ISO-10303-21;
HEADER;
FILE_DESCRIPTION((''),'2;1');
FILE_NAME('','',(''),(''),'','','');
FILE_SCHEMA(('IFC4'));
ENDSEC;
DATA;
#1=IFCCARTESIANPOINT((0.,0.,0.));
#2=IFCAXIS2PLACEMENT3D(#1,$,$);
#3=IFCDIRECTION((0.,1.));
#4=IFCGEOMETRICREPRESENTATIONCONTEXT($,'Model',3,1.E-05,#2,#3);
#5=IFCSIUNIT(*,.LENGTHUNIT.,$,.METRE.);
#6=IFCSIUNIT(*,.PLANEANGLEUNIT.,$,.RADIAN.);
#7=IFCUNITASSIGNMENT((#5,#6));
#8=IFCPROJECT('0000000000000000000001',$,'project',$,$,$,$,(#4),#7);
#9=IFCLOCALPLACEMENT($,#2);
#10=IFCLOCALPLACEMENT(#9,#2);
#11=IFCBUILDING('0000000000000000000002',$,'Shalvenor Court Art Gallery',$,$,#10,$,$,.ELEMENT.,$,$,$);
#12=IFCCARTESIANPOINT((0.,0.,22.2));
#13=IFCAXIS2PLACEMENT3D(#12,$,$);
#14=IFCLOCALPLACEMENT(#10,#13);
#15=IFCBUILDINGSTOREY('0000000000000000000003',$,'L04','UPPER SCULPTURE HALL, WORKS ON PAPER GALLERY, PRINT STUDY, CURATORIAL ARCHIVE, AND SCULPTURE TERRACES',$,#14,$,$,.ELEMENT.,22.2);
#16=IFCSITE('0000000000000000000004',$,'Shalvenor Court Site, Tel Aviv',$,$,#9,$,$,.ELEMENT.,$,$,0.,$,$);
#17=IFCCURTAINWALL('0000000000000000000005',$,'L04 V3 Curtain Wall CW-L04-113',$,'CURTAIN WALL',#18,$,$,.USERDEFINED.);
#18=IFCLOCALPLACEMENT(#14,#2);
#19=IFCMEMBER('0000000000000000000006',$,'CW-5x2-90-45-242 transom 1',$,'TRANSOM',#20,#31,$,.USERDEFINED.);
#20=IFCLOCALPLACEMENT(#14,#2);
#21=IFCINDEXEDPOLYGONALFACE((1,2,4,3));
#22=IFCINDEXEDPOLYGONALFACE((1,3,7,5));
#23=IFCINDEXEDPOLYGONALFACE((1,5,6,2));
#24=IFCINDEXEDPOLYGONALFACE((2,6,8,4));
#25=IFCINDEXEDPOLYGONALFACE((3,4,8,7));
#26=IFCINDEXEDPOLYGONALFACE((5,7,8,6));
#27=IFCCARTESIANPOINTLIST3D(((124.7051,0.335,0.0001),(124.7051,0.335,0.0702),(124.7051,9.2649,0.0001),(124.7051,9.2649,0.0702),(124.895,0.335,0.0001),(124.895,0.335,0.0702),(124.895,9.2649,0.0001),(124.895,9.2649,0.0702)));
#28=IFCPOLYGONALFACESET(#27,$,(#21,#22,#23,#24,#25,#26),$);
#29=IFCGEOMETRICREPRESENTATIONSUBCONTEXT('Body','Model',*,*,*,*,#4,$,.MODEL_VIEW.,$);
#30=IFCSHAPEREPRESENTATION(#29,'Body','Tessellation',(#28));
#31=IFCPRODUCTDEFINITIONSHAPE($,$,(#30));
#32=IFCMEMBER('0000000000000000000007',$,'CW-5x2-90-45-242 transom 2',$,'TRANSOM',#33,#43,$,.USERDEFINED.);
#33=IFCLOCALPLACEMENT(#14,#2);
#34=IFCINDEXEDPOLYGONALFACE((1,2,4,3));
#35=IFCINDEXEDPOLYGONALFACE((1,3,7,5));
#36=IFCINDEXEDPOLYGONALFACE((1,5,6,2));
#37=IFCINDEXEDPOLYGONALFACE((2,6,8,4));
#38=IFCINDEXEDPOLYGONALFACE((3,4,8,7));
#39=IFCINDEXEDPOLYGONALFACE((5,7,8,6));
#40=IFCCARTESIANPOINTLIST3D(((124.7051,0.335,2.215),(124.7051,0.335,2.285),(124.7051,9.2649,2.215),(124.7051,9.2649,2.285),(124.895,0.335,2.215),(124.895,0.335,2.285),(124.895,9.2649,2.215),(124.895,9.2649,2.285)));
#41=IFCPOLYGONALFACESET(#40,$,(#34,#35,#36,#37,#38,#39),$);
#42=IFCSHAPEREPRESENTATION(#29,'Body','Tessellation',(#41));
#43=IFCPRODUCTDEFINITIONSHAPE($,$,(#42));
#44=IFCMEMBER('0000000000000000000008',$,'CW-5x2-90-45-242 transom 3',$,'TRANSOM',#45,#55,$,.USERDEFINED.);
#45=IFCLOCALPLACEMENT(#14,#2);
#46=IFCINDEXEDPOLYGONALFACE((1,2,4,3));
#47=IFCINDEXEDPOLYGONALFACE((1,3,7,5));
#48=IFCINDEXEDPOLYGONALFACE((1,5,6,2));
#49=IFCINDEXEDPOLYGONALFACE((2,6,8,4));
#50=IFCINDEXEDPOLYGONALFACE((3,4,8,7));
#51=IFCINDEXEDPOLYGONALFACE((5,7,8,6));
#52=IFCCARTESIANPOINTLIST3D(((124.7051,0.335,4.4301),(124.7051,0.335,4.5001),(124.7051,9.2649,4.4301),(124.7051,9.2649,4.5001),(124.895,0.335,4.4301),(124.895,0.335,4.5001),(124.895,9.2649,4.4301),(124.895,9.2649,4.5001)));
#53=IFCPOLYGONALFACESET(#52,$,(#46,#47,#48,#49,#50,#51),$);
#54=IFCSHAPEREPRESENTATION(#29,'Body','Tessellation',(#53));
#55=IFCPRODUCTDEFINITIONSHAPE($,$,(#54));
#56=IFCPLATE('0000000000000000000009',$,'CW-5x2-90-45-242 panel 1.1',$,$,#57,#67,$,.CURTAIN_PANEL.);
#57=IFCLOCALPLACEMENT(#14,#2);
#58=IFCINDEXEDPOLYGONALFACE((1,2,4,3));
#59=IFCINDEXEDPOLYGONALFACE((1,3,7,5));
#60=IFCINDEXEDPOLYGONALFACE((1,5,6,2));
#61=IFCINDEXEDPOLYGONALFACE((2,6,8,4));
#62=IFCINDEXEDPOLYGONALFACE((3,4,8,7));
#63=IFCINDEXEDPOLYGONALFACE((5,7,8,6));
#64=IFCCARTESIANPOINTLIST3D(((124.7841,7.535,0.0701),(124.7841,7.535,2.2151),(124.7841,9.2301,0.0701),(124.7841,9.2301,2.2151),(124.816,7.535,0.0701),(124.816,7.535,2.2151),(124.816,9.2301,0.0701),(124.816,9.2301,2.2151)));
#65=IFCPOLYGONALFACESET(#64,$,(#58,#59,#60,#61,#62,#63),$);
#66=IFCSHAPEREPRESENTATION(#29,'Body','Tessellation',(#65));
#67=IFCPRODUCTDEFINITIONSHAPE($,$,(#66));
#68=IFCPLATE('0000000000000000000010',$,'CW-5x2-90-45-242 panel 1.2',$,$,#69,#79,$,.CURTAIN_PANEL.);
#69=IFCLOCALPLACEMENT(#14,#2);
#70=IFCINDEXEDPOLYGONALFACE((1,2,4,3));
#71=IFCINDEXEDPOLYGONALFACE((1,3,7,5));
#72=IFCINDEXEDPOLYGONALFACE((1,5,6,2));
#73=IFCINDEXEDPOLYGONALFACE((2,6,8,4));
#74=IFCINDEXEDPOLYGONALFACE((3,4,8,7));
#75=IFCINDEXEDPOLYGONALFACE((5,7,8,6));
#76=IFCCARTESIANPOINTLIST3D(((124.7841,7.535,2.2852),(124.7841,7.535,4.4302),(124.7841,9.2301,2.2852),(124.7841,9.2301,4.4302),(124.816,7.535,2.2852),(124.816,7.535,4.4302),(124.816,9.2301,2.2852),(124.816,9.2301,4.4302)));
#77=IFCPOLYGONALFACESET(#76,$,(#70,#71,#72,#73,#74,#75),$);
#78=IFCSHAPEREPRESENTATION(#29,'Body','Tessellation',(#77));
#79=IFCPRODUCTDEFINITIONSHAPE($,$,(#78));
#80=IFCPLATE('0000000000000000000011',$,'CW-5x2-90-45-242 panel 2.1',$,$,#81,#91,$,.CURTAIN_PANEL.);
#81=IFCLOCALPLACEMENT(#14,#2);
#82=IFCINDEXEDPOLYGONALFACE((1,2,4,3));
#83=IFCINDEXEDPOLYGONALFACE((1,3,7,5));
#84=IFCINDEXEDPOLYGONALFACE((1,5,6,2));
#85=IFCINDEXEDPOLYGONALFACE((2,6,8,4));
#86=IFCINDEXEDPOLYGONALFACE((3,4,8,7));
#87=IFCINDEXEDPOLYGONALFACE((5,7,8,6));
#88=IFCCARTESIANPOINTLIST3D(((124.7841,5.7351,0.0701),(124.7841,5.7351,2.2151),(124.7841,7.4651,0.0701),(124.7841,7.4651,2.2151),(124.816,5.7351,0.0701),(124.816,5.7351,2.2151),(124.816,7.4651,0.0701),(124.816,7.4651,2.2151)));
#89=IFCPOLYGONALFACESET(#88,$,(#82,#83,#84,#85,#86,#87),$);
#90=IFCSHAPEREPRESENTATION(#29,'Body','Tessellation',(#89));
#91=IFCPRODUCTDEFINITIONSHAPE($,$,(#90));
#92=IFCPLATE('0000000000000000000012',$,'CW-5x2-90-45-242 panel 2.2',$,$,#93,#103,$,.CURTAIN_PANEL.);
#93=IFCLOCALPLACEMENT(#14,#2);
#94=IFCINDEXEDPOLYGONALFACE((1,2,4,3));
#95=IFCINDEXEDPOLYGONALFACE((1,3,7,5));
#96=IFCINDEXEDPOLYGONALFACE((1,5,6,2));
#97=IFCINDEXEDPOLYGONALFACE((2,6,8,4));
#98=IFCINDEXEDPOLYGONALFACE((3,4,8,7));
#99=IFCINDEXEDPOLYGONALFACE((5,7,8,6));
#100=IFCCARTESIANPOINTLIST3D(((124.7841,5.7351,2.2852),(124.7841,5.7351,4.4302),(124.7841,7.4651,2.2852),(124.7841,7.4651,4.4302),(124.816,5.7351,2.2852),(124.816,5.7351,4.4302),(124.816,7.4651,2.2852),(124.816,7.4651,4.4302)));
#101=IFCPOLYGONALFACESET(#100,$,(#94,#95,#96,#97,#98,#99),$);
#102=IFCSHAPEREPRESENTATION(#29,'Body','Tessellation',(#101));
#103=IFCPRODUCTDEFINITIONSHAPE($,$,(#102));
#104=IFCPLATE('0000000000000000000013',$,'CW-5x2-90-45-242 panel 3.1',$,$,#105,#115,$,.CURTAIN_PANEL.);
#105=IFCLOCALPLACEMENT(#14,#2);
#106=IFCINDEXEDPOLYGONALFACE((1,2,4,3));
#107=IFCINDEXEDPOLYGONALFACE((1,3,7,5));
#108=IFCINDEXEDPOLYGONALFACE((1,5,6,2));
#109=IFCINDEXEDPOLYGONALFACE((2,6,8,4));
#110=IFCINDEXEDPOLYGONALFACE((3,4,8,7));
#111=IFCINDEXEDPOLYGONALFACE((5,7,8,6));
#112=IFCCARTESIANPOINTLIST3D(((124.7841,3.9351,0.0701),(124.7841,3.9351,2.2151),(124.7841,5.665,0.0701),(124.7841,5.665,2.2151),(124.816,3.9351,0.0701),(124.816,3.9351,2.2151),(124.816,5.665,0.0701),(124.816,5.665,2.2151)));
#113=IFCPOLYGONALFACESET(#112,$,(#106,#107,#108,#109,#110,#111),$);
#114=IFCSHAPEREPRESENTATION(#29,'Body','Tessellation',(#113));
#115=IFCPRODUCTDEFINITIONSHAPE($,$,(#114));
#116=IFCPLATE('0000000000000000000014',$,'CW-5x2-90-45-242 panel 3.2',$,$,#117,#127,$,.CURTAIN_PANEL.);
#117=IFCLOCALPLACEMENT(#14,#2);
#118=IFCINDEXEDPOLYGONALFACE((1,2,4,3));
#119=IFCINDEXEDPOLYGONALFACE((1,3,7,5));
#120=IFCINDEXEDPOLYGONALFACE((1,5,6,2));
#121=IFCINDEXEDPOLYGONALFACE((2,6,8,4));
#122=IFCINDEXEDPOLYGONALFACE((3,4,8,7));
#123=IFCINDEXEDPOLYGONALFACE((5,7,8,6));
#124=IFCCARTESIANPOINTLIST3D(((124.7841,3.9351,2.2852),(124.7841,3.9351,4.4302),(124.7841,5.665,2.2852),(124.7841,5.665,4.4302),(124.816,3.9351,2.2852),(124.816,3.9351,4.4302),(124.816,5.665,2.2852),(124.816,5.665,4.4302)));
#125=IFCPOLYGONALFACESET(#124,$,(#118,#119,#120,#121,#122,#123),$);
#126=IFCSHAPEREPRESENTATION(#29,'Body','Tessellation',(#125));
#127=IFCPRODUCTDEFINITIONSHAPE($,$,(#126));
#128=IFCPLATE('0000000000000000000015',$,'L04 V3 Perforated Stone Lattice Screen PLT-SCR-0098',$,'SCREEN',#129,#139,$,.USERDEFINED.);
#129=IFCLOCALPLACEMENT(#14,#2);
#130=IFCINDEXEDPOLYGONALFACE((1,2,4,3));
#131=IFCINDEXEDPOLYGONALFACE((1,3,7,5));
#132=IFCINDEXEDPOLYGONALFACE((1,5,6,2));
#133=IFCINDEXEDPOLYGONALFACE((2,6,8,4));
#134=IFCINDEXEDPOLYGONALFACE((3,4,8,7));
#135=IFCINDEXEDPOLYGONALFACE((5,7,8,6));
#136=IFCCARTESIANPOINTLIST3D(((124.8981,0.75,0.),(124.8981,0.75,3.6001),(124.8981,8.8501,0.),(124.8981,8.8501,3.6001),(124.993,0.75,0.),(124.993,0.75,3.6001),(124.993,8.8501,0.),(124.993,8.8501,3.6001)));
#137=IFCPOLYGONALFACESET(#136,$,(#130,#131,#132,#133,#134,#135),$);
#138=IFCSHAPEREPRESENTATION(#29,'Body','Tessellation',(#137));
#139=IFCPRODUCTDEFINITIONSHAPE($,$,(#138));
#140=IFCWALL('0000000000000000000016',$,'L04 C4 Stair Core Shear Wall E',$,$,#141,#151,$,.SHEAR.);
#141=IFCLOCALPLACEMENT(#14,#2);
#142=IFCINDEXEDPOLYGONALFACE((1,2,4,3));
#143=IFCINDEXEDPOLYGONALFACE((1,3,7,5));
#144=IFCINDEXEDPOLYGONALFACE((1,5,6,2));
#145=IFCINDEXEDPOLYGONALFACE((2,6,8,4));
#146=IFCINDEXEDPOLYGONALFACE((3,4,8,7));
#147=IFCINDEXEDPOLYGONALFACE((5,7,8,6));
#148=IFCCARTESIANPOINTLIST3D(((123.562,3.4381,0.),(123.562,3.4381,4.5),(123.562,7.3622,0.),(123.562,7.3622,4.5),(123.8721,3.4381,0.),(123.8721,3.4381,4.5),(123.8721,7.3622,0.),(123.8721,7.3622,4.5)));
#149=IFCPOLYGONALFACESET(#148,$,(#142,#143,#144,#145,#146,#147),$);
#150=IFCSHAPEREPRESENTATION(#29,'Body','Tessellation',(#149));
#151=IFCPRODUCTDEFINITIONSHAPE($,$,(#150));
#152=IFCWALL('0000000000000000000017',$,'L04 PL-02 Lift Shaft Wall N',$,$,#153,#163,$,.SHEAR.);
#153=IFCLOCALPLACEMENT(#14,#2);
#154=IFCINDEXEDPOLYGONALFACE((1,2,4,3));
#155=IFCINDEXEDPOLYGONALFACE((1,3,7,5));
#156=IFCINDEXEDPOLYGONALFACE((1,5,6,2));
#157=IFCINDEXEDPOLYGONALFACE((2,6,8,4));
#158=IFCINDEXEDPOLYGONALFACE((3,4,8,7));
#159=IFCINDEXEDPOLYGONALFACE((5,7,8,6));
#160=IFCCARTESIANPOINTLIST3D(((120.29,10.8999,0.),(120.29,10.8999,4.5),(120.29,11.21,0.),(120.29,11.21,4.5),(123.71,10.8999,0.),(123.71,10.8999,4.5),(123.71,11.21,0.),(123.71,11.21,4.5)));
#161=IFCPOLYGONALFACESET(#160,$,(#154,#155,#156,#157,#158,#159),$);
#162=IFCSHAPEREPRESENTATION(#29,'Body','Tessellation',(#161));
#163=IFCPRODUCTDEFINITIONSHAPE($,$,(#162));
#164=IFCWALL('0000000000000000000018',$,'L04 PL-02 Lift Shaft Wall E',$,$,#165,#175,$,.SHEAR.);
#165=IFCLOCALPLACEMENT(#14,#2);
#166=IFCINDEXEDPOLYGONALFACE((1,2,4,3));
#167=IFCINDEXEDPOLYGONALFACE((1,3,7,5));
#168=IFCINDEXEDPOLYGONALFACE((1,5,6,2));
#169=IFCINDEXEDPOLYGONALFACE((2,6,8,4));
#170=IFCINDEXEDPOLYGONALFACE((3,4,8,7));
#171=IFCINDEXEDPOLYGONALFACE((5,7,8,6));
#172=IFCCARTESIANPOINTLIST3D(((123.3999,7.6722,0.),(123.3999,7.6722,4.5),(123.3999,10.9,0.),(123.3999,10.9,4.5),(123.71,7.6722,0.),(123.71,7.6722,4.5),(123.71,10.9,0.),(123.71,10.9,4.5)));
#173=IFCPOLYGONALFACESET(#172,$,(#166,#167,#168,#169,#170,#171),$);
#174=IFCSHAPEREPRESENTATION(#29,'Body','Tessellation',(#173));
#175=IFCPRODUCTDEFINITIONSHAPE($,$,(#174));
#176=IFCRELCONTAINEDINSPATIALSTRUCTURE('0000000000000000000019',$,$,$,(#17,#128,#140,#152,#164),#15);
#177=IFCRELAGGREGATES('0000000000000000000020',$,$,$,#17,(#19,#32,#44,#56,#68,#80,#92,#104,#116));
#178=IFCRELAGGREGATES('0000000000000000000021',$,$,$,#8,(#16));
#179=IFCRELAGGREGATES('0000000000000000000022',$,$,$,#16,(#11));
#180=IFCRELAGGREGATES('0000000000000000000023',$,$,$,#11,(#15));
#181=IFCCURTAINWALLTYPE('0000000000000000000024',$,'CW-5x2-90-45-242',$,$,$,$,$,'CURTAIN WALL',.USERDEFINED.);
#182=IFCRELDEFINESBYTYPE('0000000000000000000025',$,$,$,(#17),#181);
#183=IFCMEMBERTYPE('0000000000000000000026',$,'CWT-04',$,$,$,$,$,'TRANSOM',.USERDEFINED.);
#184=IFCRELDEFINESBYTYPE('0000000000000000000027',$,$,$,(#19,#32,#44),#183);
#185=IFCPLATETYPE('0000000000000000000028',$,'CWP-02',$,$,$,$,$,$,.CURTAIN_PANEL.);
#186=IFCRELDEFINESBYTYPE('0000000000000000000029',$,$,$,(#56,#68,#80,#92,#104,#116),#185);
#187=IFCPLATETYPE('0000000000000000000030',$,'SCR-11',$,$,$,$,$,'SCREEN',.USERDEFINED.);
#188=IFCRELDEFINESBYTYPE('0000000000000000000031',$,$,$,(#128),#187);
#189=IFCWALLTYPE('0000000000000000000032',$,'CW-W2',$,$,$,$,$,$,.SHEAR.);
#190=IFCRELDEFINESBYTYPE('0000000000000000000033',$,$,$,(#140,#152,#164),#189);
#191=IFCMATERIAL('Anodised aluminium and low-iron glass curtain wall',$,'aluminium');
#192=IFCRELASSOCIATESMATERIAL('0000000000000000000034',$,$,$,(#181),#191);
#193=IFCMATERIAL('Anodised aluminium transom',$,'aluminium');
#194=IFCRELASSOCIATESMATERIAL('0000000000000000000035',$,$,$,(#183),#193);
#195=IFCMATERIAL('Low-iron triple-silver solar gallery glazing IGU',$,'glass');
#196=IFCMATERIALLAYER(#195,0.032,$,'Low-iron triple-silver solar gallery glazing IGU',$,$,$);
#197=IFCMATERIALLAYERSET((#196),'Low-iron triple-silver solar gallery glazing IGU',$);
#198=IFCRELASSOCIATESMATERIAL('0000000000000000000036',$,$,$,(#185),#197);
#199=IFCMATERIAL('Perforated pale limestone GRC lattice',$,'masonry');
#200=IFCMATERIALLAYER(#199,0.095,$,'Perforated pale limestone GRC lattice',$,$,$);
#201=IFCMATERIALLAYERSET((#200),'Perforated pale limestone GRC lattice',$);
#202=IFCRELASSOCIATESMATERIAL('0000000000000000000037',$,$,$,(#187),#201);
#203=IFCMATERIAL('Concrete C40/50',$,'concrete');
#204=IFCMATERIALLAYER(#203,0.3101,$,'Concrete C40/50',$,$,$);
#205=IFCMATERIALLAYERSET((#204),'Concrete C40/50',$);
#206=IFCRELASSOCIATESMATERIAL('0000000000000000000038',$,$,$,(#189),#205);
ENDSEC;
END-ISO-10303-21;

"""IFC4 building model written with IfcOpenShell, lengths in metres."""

from ifc_helpers import new_model, si_unit, direction, frame, frame_2d, origin, origin_2d, place, context, subcontext, project, spatial, rectangle, extrude, material, layer, layer_set, material_profile, profile_set, type_object, element, aggregate, save


model = new_model("IFC4")

# Units and contexts
model_context = context("Model", 3, precision=1e-05, world=origin(), true_north=direction((0.0, 1.0)))
body_context = subcontext(model_context, "Body", "Model", "MODEL_VIEW")
ifc_project = project(units=[si_unit("LENGTHUNIT", "METRE"), si_unit("PLANEANGLEUNIT", "RADIAN")], contexts=[model_context])

# Site, building, storey
site_placement = place(None, origin())
site = spatial("IfcSite", under=ifc_project, at=site_placement, Name="Shalvenor Court Site, Tel Aviv", CompositionType="ELEMENT", RefElevation=0.0)
building_placement = place(site_placement, origin())
building = spatial("IfcBuilding", under=site, at=building_placement, Name="Shalvenor Court Art Gallery", CompositionType="ELEMENT")
storey_placement = place(building_placement, frame((0.0, 0.0, 22.2)))
storey = spatial("IfcBuildingStorey", under=building, at=storey_placement, Name="L04", Description="UPPER SCULPTURE HALL, WORKS ON PAPER GALLERY, PRINT STUDY, CURATORIAL ARCHIVE, AND SCULPTURE TERRACES", CompositionType="ELEMENT", Elevation=22.2)

# Curtain wall, members, plates
ifc_material_1 = material(Name="Anodised aluminium and low-iron glass curtain wall", Category="aluminium")
curtain_wall_type = type_object("IfcCurtainWallType", Name="CW-5x2-90-45-242", ElementType="CURTAIN WALL", PredefinedType="USERDEFINED", material=ifc_material_1)
curtain_wall_placement = place(storey_placement, origin())
curtain_wall = element("IfcCurtainWall", 1, at=curtain_wall_placement, inside=storey, type_object=curtain_wall_type, Name="L04 V3 Curtain Wall CW-L04-113", ObjectType="CURTAIN WALL", PredefinedType="USERDEFINED")
ifc_material_2 = material(Name="Anodised aluminium transom", Category="aluminium")
ifc_material_profile_1 = material_profile(ifc_material_2, rectangle(XDim=0.1899, YDim=0.0701, at=origin_2d()), Name="CWT-04")
ifc_profile_set_1 = profile_set([ifc_material_profile_1], Name="Anodised aluminium transom")
member_type_1 = type_object("IfcMemberType", Name="CWT-04", ElementType="TRANSOM", PredefinedType="USERDEFINED", material=ifc_profile_set_1)
member_1_placement = place(storey_placement, frame((124.8, 9.2649, 0.0352), z_axis=(0.0, -1.0, 0.0), x_axis=(1.0, 0.0, 0.0)))
member_1 = element("IfcMember", 2, at=member_1_placement, type_object=member_type_1, Name="CW-5x2-90-45-242 transom 1", ObjectType="TRANSOM", PredefinedType="USERDEFINED", context=body_context, shape_type="SweptSolid", body=[
    extrude(rectangle(XDim=0.1899, YDim=0.0701, at=origin_2d()), origin(), (0.0, 0.0, 1.0), 8.9299),
])
member_2_placement = place(storey_placement, frame((124.8, 9.2649, 2.25), z_axis=(0.0, -1.0, 0.0), x_axis=(1.0, 0.0, 0.0)))
member_2 = element("IfcMember", 3, at=member_2_placement, type_object=member_type_1, Name="CW-5x2-90-45-242 transom 2", ObjectType="TRANSOM", PredefinedType="USERDEFINED", context=body_context, shape_type="SweptSolid", body=[
    extrude(rectangle(XDim=0.1899, YDim=0.0701, at=origin_2d()), origin(), (0.0, 0.0, 1.0), 8.9299),
])
member_3_placement = place(storey_placement, frame((124.8, 9.2649, 4.4651), z_axis=(0.0, -1.0, 0.0), x_axis=(1.0, 0.0, 0.0)))
member_3 = element("IfcMember", 4, at=member_3_placement, type_object=member_type_1, Name="CW-5x2-90-45-242 transom 3", ObjectType="TRANSOM", PredefinedType="USERDEFINED", context=body_context, shape_type="SweptSolid", body=[
    extrude(rectangle(XDim=0.1899, YDim=0.0701, at=origin_2d()), origin(), (0.0, 0.0, 1.0), 8.9299),
])
ifc_material_3 = material(Name="Low-iron triple-silver solar gallery glazing IGU", Category="glass")
ifc_layer_1 = layer(ifc_material_3, 0.032, Name="Low-iron triple-silver solar gallery glazing IGU")
ifc_layer_set_1 = layer_set([ifc_layer_1], Name="Low-iron triple-silver solar gallery glazing IGU")
plate_type_1 = type_object("IfcPlateType", Name="CWP-02", PredefinedType="CURTAIN_PANEL", material=ifc_layer_set_1)
plate_1_placement = place(storey_placement, frame((124.8, 8.3826, 0.0701), z_axis=(0.0, 0.0, 1.0), x_axis=(0.0, -1.0, 0.0)))
plate_1 = element("IfcPlate", 5, at=plate_1_placement, type_object=plate_type_1, Name="CW-5x2-90-45-242 panel 1.1", PredefinedType="CURTAIN_PANEL", context=body_context, shape_type="SweptSolid", body=[
    extrude(rectangle(XDim=1.6951, YDim=0.032, at=origin_2d()), origin(), (0.0, 0.0, 1.0), 2.145),
])
plate_2_placement = place(storey_placement, frame((124.8, 8.3826, 2.2852), z_axis=(0.0, 0.0, 1.0), x_axis=(0.0, -1.0, 0.0)))
plate_2 = element("IfcPlate", 6, at=plate_2_placement, type_object=plate_type_1, Name="CW-5x2-90-45-242 panel 1.2", PredefinedType="CURTAIN_PANEL", context=body_context, shape_type="SweptSolid", body=[
    extrude(rectangle(XDim=1.6951, YDim=0.032, at=origin_2d()), origin(), (0.0, 0.0, 1.0), 2.145),
])
plate_3_placement = place(storey_placement, frame((124.8, 6.6001, 0.0701), z_axis=(0.0, 0.0, 1.0), x_axis=(0.0, -1.0, 0.0)))
plate_3 = element("IfcPlate", 7, at=plate_3_placement, type_object=plate_type_1, Name="CW-5x2-90-45-242 panel 2.1", PredefinedType="CURTAIN_PANEL", context=body_context, shape_type="SweptSolid", body=[
    extrude(rectangle(XDim=1.73, YDim=0.032, at=origin_2d()), origin(), (0.0, 0.0, 1.0), 2.145),
])
plate_4_placement = place(storey_placement, frame((124.8, 6.6001, 2.2852), z_axis=(0.0, 0.0, 1.0), x_axis=(0.0, -1.0, 0.0)))
plate_4 = element("IfcPlate", 8, at=plate_4_placement, type_object=plate_type_1, Name="CW-5x2-90-45-242 panel 2.2", PredefinedType="CURTAIN_PANEL", context=body_context, shape_type="SweptSolid", body=[
    extrude(rectangle(XDim=1.73, YDim=0.032, at=origin_2d()), origin(), (0.0, 0.0, 1.0), 2.145),
])
plate_5_placement = place(storey_placement, frame((124.8, 4.8, 0.0701), z_axis=(0.0, 0.0, 1.0), x_axis=(0.0, -1.0, 0.0)))
plate_5 = element("IfcPlate", 9, at=plate_5_placement, type_object=plate_type_1, Name="CW-5x2-90-45-242 panel 3.1", PredefinedType="CURTAIN_PANEL", context=body_context, shape_type="SweptSolid", body=[
    extrude(rectangle(XDim=1.73, YDim=0.032, at=origin_2d()), origin(), (0.0, 0.0, 1.0), 2.145),
])
plate_6_placement = place(storey_placement, frame((124.8, 4.8, 2.2852), z_axis=(0.0, 0.0, 1.0), x_axis=(0.0, -1.0, 0.0)))
plate_6 = element("IfcPlate", 10, at=plate_6_placement, type_object=plate_type_1, Name="CW-5x2-90-45-242 panel 3.2", PredefinedType="CURTAIN_PANEL", context=body_context, shape_type="SweptSolid", body=[
    extrude(rectangle(XDim=1.73, YDim=0.032, at=origin_2d()), origin(), (0.0, 0.0, 1.0), 2.145),
])
aggregate(curtain_wall, [member_1, member_2, member_3, plate_1, plate_2, plate_3, plate_4, plate_5, plate_6])

# Plate
ifc_material_4 = material(Name="Perforated pale limestone GRC lattice", Category="masonry")
ifc_layer_2 = layer(ifc_material_4, 0.095, Name="Perforated pale limestone GRC lattice")
ifc_layer_set_2 = layer_set([ifc_layer_2], Name="Perforated pale limestone GRC lattice")
plate_type_2 = type_object("IfcPlateType", Name="SCR-11", ElementType="SCREEN", PredefinedType="USERDEFINED", material=ifc_layer_set_2)
plate_7_placement = place(storey_placement, frame((124.9456, 4.8, 0.0), z_axis=(0.0, 0.0, 1.0), x_axis=(0.0, -1.0, 0.0)))
element("IfcPlate", 11, at=plate_7_placement, inside=storey, type_object=plate_type_2, Name="L04 V3 Perforated Stone Lattice Screen PLT-SCR-0098", ObjectType="SCREEN", PredefinedType="USERDEFINED", context=body_context, shape_type="SweptSolid", body=[
    extrude(rectangle(XDim=8.1001, YDim=0.095, at=origin_2d()), origin(), (0.0, 0.0, 1.0), 3.6001),
])

# Walls
ifc_material_5 = material(Name="Concrete C40/50", Category="concrete")
ifc_layer_3 = layer(ifc_material_5, 0.3101, Name="Concrete C40/50")
ifc_layer_set_3 = layer_set([ifc_layer_3], Name="Concrete C40/50")
wall_type_1 = type_object("IfcWallType", Name="CW-W2", PredefinedType="SHEAR", material=ifc_layer_set_3)
wall_1_placement = place(storey_placement, frame((123.717, 7.3621, 0.0), z_axis=(0.0, 0.0, 1.0), x_axis=(0.0, -1.0, 0.0)))
element("IfcWall", 12, at=wall_1_placement, inside=storey, type_object=wall_type_1, Name="L04 C4 Stair Core Shear Wall E", PredefinedType="SHEAR", context=body_context, shape_type="SweptSolid", body=[
    extrude(rectangle(XDim=3.9241, YDim=0.3101, at=frame_2d((1.9619, 0.0))), origin(), (0.0, 0.0, 1.0), 4.5),
])
wall_2_placement = place(storey_placement, frame((120.29, 11.0549, 0.0), z_axis=(0.0, 0.0, 1.0), x_axis=(1.0, 0.0, 0.0)))
element("IfcWall", 13, at=wall_2_placement, inside=storey, type_object=wall_type_1, Name="L04 PL-02 Lift Shaft Wall N", PredefinedType="SHEAR", context=body_context, shape_type="SweptSolid", body=[
    extrude(rectangle(XDim=3.4199, YDim=0.3101, at=frame_2d((1.71, 0.0))), origin(), (0.0, 0.0, 1.0), 4.5),
])
wall_3_placement = place(storey_placement, frame((123.5549, 10.8999, 0.0), z_axis=(0.0, 0.0, 1.0), x_axis=(0.0, -1.0, 0.0)))
element("IfcWall", 14, at=wall_3_placement, inside=storey, type_object=wall_type_1, Name="L04 PL-02 Lift Shaft Wall E", PredefinedType="SHEAR", context=body_context, shape_type="SweptSolid", body=[
    extrude(rectangle(XDim=3.2278, YDim=0.3101, at=frame_2d((1.6138, 0.0))), origin(), (0.0, 0.0, 1.0), 4.5),
])

save(model, "model.ifc")
